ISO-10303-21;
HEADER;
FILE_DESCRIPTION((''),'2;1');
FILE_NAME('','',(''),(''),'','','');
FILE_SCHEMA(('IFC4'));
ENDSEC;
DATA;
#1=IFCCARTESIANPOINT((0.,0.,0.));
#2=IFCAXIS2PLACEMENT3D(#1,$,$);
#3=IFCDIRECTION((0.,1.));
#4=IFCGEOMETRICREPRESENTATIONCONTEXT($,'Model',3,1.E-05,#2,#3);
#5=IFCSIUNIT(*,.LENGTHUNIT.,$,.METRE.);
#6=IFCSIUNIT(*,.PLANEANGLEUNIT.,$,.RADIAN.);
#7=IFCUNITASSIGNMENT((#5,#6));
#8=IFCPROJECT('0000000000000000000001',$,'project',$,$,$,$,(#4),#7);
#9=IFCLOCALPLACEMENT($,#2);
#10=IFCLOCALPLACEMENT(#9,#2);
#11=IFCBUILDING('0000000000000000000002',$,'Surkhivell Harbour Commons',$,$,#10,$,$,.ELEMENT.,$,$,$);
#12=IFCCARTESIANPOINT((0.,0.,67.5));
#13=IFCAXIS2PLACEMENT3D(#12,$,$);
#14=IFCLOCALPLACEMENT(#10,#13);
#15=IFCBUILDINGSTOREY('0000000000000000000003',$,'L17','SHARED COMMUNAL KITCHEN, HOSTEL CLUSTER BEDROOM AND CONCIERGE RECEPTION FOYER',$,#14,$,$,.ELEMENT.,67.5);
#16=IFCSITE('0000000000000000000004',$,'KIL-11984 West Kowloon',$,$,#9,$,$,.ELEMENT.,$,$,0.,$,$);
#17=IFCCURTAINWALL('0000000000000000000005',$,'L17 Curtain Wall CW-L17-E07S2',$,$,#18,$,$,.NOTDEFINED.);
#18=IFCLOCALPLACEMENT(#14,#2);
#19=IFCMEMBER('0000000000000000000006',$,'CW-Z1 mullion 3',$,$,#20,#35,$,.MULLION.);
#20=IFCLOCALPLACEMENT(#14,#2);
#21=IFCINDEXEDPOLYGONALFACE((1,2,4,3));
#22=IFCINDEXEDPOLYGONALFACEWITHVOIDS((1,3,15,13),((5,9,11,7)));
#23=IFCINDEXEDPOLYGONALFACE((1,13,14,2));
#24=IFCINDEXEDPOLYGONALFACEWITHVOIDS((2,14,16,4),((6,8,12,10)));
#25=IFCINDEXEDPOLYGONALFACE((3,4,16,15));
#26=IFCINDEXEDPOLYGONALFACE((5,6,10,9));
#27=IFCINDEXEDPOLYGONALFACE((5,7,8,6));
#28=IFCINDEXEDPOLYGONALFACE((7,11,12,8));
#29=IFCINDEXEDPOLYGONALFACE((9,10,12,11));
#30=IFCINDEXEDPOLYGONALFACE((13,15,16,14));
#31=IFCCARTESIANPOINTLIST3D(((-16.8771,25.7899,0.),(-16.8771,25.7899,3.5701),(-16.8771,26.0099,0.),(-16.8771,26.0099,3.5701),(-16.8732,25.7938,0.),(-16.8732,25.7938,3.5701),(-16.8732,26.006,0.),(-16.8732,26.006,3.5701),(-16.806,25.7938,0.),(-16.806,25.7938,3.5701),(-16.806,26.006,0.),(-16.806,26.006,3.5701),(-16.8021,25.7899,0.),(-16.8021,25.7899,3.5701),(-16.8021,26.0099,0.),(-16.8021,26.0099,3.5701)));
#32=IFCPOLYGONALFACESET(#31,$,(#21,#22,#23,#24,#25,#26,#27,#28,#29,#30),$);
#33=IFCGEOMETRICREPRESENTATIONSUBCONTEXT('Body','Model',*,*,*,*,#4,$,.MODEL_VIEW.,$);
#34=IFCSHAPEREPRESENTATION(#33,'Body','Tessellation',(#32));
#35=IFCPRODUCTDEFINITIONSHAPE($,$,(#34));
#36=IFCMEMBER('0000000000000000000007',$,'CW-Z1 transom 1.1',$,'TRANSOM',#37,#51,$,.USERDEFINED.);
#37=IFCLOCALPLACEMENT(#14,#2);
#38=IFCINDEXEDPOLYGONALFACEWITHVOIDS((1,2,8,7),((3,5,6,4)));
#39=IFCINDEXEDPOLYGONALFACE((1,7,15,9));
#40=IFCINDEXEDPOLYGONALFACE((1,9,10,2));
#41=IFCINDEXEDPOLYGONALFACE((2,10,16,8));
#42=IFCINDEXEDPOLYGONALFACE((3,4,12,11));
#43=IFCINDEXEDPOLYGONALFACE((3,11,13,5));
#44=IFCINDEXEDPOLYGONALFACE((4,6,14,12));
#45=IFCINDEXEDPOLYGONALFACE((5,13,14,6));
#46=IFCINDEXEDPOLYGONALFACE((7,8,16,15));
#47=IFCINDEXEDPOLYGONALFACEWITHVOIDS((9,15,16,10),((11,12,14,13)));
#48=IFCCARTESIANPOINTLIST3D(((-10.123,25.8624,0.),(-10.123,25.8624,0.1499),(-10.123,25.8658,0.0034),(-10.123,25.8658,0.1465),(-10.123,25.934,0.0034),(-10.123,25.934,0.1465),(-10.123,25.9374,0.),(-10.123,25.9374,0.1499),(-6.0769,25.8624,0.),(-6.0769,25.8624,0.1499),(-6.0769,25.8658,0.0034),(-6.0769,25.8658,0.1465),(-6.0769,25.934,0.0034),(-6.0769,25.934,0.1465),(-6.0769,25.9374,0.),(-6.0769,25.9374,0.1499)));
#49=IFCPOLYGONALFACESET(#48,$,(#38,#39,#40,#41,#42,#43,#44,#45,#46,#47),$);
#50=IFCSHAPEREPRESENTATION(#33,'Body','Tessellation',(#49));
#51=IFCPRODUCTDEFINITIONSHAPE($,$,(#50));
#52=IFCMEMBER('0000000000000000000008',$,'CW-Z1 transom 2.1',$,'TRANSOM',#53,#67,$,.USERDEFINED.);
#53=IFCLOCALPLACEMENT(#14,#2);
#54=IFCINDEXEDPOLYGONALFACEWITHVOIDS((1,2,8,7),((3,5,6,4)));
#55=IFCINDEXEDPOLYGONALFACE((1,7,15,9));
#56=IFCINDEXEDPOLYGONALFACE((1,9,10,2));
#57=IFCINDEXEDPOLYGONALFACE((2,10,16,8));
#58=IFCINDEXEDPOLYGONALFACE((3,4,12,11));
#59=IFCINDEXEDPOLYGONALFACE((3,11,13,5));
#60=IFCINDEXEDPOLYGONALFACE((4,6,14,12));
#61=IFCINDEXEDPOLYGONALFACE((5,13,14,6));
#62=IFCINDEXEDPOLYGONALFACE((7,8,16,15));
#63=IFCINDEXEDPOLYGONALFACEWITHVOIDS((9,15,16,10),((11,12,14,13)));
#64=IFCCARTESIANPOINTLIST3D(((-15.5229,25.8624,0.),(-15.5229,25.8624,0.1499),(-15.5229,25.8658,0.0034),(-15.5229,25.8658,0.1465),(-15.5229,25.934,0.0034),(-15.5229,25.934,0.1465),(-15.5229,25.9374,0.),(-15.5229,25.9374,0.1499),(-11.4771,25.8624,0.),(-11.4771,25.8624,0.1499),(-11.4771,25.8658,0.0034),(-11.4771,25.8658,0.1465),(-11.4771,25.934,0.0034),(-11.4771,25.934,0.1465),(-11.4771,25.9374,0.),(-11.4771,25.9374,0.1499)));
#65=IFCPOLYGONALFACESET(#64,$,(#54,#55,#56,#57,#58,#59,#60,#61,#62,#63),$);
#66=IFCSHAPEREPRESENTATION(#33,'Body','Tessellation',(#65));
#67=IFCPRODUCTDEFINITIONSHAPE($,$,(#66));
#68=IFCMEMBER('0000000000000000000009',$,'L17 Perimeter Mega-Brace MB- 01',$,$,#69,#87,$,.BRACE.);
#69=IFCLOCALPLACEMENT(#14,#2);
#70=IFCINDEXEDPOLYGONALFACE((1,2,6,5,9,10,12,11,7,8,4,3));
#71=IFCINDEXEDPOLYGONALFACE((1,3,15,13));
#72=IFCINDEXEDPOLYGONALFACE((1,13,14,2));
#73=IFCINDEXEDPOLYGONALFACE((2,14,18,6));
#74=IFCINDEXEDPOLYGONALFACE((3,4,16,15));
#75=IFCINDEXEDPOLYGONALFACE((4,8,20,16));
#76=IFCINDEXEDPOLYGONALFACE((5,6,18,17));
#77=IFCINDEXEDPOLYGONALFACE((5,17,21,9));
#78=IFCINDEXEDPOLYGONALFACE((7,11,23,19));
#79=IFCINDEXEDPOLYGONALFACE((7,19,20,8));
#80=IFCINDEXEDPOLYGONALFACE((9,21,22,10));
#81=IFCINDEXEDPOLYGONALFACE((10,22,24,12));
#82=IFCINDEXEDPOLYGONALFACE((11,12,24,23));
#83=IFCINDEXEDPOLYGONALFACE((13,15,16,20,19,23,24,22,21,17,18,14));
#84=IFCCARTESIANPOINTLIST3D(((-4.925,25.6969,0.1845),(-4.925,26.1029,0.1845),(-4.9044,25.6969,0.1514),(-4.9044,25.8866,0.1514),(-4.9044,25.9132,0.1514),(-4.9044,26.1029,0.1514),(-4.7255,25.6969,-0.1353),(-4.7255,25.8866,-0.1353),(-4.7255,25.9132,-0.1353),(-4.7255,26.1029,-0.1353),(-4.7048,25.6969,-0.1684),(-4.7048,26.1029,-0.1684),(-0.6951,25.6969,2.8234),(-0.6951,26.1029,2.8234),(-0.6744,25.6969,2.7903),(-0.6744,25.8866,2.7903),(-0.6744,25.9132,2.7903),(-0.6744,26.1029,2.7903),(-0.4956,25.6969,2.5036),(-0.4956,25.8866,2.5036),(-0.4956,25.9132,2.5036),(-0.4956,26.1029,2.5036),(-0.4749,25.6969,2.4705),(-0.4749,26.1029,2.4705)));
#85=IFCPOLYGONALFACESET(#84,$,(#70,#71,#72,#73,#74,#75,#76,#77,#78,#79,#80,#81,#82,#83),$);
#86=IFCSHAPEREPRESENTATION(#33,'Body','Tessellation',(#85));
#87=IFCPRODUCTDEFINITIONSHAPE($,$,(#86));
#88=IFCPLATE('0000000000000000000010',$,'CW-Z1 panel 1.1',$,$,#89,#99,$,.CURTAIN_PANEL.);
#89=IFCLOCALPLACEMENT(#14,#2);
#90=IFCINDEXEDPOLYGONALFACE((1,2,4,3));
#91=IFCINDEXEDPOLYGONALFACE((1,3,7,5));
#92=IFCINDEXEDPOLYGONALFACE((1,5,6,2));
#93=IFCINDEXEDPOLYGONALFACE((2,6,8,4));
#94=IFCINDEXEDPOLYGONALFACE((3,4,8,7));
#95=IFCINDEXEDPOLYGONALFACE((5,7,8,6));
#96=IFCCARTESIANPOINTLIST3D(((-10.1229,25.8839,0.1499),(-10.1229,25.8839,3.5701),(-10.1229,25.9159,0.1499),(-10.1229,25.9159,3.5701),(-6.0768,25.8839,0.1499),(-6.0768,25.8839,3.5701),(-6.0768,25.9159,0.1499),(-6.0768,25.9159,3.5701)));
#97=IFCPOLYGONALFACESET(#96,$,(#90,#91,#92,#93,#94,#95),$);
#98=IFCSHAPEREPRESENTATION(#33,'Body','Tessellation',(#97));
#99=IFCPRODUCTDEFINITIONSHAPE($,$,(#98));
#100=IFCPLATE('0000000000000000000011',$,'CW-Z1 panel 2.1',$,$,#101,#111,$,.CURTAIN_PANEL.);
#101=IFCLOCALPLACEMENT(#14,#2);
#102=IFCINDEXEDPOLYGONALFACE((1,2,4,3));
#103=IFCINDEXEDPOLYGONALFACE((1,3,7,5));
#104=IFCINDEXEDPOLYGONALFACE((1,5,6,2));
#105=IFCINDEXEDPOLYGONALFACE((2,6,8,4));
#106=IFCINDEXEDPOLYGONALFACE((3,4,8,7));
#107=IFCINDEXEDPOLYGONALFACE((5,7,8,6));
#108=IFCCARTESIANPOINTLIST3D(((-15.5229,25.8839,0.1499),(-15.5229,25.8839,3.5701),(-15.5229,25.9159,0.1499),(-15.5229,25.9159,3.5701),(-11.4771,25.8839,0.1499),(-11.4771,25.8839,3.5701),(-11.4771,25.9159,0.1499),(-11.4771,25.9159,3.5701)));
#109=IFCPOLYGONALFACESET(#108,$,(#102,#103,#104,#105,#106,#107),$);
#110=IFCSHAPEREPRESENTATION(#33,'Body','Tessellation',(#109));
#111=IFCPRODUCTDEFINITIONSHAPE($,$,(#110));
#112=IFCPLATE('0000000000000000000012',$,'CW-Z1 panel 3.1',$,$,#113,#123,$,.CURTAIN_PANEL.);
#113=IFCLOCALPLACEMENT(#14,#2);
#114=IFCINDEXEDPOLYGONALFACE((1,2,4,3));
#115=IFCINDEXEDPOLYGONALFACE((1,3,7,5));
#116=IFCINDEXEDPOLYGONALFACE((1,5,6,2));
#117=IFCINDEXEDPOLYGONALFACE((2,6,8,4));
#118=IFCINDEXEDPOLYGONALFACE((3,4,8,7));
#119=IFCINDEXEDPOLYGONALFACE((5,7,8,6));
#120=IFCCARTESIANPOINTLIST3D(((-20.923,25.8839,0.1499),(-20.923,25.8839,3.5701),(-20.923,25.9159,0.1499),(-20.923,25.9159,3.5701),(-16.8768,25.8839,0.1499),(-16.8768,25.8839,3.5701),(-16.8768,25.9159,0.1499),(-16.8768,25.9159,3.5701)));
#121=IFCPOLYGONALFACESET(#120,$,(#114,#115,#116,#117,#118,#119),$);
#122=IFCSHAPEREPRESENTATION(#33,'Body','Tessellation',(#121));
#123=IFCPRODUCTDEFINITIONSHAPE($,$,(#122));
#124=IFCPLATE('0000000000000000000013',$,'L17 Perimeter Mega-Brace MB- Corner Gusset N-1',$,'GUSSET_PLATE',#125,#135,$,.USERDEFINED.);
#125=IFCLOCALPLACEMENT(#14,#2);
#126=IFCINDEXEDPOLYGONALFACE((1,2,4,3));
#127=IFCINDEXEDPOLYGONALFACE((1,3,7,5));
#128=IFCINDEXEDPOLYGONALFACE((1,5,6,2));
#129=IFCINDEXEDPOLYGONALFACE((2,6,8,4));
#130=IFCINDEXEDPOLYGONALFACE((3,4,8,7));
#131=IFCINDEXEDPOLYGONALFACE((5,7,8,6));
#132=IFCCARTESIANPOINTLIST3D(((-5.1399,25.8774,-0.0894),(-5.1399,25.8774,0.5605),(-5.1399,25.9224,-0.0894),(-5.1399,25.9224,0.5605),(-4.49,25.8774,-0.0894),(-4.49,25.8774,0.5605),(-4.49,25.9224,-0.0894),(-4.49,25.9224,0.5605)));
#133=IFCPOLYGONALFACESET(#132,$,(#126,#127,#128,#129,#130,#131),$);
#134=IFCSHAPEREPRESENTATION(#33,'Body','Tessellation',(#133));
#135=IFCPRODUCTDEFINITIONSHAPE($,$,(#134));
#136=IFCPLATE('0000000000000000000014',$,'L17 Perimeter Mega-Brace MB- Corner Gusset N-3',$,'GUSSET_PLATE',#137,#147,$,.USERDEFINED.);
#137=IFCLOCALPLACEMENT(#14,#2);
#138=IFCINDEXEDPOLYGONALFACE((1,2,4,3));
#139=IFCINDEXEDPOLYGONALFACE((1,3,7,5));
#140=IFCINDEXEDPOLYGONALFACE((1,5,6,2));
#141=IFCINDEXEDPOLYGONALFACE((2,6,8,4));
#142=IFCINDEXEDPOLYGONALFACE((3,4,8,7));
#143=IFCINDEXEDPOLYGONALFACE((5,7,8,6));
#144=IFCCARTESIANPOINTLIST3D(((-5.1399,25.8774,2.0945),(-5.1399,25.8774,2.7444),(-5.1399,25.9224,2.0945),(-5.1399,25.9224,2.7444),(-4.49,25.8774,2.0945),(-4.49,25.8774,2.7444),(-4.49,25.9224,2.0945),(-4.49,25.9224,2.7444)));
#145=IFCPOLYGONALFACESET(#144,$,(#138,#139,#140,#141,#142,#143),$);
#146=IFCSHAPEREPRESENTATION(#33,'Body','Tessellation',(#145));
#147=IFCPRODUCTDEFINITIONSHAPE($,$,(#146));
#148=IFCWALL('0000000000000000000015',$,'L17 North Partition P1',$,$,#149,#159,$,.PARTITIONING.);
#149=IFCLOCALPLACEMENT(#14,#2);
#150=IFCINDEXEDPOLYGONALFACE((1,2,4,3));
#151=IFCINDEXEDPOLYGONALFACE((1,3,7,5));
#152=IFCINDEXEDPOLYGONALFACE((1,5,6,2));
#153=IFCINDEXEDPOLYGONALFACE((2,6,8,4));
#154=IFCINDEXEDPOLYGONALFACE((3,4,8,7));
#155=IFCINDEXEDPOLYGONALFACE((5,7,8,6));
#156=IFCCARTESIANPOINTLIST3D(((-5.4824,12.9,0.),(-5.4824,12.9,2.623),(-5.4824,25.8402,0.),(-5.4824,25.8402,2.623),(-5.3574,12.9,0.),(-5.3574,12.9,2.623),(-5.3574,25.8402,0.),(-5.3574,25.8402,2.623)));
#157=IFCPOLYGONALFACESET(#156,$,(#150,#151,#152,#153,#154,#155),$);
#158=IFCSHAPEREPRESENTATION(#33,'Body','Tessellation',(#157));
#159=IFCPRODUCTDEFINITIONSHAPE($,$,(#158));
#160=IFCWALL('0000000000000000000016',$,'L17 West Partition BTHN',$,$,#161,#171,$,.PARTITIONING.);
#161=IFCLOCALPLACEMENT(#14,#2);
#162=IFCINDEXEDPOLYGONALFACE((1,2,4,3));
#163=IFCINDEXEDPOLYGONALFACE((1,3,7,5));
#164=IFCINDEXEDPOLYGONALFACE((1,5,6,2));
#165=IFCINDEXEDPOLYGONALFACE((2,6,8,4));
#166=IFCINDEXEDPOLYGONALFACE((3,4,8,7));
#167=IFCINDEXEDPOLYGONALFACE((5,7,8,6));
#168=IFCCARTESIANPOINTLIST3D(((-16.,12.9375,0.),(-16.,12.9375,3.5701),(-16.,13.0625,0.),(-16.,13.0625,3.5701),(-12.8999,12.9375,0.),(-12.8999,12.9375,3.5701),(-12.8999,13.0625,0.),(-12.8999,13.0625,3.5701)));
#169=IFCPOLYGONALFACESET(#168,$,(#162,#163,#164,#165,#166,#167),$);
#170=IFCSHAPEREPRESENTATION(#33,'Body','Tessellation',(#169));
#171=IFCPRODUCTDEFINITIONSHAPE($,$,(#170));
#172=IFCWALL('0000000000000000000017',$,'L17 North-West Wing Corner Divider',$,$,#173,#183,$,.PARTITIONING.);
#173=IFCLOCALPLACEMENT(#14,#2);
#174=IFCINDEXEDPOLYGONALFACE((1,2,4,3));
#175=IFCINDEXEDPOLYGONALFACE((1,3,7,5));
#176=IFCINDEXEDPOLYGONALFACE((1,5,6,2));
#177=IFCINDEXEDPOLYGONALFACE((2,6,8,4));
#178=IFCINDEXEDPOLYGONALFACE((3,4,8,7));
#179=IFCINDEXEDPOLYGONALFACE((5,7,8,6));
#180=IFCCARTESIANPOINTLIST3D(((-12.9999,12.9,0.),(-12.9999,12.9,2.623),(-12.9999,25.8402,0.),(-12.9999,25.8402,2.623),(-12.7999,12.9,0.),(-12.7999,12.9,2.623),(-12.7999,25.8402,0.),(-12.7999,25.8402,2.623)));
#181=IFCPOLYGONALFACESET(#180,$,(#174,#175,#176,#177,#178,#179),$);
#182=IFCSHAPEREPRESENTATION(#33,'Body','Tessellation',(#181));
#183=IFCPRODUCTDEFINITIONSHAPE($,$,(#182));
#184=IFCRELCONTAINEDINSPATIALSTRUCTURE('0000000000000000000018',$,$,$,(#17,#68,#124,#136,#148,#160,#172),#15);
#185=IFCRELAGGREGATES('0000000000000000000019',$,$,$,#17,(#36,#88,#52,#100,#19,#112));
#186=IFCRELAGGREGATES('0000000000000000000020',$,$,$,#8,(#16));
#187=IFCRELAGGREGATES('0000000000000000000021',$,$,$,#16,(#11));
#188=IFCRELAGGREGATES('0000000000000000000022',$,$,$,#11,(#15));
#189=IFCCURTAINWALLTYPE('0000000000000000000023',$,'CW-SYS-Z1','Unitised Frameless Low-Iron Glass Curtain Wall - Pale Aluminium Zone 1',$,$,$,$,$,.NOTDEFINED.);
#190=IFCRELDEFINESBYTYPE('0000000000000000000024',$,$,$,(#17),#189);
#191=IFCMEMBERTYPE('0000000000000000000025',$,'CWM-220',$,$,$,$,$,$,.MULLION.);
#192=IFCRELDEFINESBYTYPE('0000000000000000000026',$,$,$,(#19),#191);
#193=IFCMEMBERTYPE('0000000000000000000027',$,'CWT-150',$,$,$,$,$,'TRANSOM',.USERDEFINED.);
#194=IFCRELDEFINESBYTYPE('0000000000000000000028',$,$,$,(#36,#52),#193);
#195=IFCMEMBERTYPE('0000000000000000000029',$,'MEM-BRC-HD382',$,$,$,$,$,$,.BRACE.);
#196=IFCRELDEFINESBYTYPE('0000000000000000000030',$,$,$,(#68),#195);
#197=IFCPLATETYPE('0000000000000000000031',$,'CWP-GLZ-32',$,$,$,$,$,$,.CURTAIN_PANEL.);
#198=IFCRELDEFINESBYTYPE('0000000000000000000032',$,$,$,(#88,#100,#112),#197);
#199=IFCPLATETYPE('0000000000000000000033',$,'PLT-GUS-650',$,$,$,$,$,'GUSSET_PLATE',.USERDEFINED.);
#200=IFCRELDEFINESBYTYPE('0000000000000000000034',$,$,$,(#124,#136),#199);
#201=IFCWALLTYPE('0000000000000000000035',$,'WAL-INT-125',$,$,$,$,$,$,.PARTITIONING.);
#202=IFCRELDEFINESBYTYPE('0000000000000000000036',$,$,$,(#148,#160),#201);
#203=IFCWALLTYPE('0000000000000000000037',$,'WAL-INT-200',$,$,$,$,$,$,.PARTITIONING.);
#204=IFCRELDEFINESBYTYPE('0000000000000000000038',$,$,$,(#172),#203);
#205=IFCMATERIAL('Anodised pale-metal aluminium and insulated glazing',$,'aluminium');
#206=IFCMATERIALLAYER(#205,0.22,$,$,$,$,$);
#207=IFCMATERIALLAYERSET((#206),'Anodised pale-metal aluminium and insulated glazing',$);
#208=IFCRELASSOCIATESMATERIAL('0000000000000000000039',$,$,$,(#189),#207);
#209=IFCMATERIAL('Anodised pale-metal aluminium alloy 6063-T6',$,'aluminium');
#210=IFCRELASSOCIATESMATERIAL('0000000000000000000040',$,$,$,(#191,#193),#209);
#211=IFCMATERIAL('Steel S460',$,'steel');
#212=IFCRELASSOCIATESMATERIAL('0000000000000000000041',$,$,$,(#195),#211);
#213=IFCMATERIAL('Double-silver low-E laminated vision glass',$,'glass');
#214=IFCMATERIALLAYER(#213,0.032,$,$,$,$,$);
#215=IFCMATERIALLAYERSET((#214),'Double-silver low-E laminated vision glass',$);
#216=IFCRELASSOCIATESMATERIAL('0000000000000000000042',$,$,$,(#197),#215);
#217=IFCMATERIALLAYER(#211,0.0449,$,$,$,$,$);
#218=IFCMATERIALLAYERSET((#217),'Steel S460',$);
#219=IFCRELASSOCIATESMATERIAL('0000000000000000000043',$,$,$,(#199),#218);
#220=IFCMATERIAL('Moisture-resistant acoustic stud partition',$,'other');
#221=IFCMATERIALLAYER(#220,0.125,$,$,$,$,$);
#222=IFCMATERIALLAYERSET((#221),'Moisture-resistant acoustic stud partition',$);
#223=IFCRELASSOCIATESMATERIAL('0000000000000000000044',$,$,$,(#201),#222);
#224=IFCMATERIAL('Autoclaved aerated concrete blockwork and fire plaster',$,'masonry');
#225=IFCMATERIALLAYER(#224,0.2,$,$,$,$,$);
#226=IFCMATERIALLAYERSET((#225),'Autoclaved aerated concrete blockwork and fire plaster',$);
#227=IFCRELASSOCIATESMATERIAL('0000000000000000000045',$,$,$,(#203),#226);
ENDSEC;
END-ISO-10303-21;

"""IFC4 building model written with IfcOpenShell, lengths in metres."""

from ifc_helpers import new_model, si_unit, direction, frame, frame_2d, origin, origin_2d, place, context, subcontext, project, spatial, rectangle, hollow_rectangle, i_section, extrude, material, layer, layer_set, material_profile, profile_set, type_object, element, aggregate, save


model = new_model("IFC4")

# Units and contexts
model_context = context("Model", 3, precision=1e-05, world=origin(), true_north=direction((0.0, 1.0)))
body_context = subcontext(model_context, "Body", "Model", "MODEL_VIEW")
ifc_project = project(units=[si_unit("LENGTHUNIT", "METRE"), si_unit("PLANEANGLEUNIT", "RADIAN")], contexts=[model_context])

# Site, building, storey
site_placement = place(None, origin())
site = spatial("IfcSite", under=ifc_project, at=site_placement, Name="KIL-11984 West Kowloon", CompositionType="ELEMENT", RefElevation=0.0)
building_placement = place(site_placement, origin())
building = spatial("IfcBuilding", under=site, at=building_placement, Name="Surkhivell Harbour Commons", CompositionType="ELEMENT")
storey_placement = place(building_placement, frame((0.0, 0.0, 67.5)))
storey = spatial("IfcBuildingStorey", under=building, at=storey_placement, Name="L17", Description="SHARED COMMUNAL KITCHEN, HOSTEL CLUSTER BEDROOM AND CONCIERGE RECEPTION FOYER", CompositionType="ELEMENT", Elevation=67.5)

# Shared definitions
ifc_material_1 = material(Name="Steel S460", Category="steel")

# Curtain wall, members
ifc_material_2 = material(Name="Anodised pale-metal aluminium and insulated glazing", Category="aluminium")
ifc_layer_1 = layer(ifc_material_2, 0.22)
ifc_layer_set_1 = layer_set([ifc_layer_1], Name="Anodised pale-metal aluminium and insulated glazing")
curtain_wall_type = type_object("IfcCurtainWallType", Name="CW-SYS-Z1", Description="Unitised Frameless Low-Iron Glass Curtain Wall - Pale Aluminium Zone 1", PredefinedType="NOTDEFINED", material=ifc_layer_set_1)
curtain_wall_placement = place(storey_placement, origin())
curtain_wall = element("IfcCurtainWall", 1, at=curtain_wall_placement, inside=storey, type_object=curtain_wall_type, Name="L17 Curtain Wall CW-L17-E07S2", PredefinedType="NOTDEFINED")
ifc_material_3 = material(Name="Anodised pale-metal aluminium alloy 6063-T6", Category="aluminium")
ifc_material_profile_1 = material_profile(ifc_material_3, hollow_rectangle(XDim=0.075, YDim=0.22, WallThickness=0.0039, at=origin_2d()), Name="ALU-MULL-75x220")
ifc_profile_set_1 = profile_set([ifc_material_profile_1], Name="Anodised pale-metal aluminium alloy 6063-T6")
member_type_1 = type_object("IfcMemberType", Name="CWM-220", PredefinedType="MULLION", material=ifc_profile_set_1)
member_1_placement = place(storey_placement, frame((-16.8396, 25.8999, 0.0), z_axis=(0.0, 0.0, 1.0), x_axis=(-1.0, 0.0, 0.0)))
member_1 = element("IfcMember", 2, at=member_1_placement, type_object=member_type_1, Name="CW-Z1 mullion 3", PredefinedType="MULLION", context=body_context, shape_type="SweptSolid", body=[
    extrude(hollow_rectangle(XDim=0.075, YDim=0.22, WallThickness=0.0039, at=origin_2d()), origin(), (0.0, 0.0, 1.0), 3.5701),
])
ifc_material_profile_2 = material_profile(ifc_material_3, hollow_rectangle(XDim=0.075, YDim=0.1499, WallThickness=0.0034, at=origin_2d()), Name="ALU-TRAN-75x150")
ifc_profile_set_2 = profile_set([ifc_material_profile_2], Name="Anodised pale-metal aluminium alloy 6063-T6")
member_type_2 = type_object("IfcMemberType", Name="CWT-150", ElementType="TRANSOM", PredefinedType="USERDEFINED", material=ifc_profile_set_2)
member_2_placement = place(storey_placement, frame((-6.0769, 25.8999, 0.075), z_axis=(-1.0, 0.0, 0.0), x_axis=(0.0, -1.0, 0.0)))
member_2 = element("IfcMember", 3, at=member_2_placement, type_object=member_type_2, Name="CW-Z1 transom 1.1", ObjectType="TRANSOM", PredefinedType="USERDEFINED", context=body_context, shape_type="SweptSolid", body=[
    extrude(hollow_rectangle(XDim=0.075, YDim=0.1499, WallThickness=0.0034, at=origin_2d()), origin(), (0.0, 0.0, 1.0), 4.0461),
])
member_3_placement = place(storey_placement, frame((-11.4771, 25.8999, 0.075), z_axis=(-1.0, 0.0, 0.0), x_axis=(0.0, -1.0, 0.0)))
member_3 = element("IfcMember", 4, at=member_3_placement, type_object=member_type_2, Name="CW-Z1 transom 2.1", ObjectType="TRANSOM", PredefinedType="USERDEFINED", context=body_context, shape_type="SweptSolid", body=[
    extrude(hollow_rectangle(XDim=0.075, YDim=0.1499, WallThickness=0.0034, at=origin_2d()), origin(), (0.0, 0.0, 1.0), 4.0459),
])

# Member
ifc_material_profile_3 = material_profile(ifc_material_1, i_section(OverallWidth=0.406, OverallDepth=0.416, WebThickness=0.0266, FlangeThickness=0.0391, at=origin_2d()), Name="HD400x382")
ifc_profile_set_3 = profile_set([ifc_material_profile_3], Name="Steel S460")
member_type_3 = type_object("IfcMemberType", Name="MEM-BRC-HD382", PredefinedType="BRACE", material=ifc_profile_set_3)
member_4_placement = place(storey_placement, frame((-4.8149, 25.8999, 0.0081), z_axis=(0.848433, 0.0, 0.529303), x_axis=(0.0, 1.0, 0.0)))
element("IfcMember", 5, at=member_4_placement, inside=storey, type_object=member_type_3, Name="L17 Perimeter Mega-Brace MB- 01", PredefinedType="BRACE", context=body_context, shape_type="SweptSolid", body=[
    extrude(i_section(OverallWidth=0.406, OverallDepth=0.416, WebThickness=0.0266, FlangeThickness=0.0391, at=origin_2d()), origin(), (0.0, 0.0, 1.0), 4.9856),
])

# Plates
ifc_material_4 = material(Name="Double-silver low-E laminated vision glass", Category="glass")
ifc_layer_2 = layer(ifc_material_4, 0.032)
ifc_layer_set_2 = layer_set([ifc_layer_2], Name="Double-silver low-E laminated vision glass")
plate_type_1 = type_object("IfcPlateType", Name="CWP-GLZ-32", PredefinedType="CURTAIN_PANEL", material=ifc_layer_set_2)
plate_1_placement = place(storey_placement, frame((-6.0769, 25.8999, 0.1499), z_axis=(0.0, 0.0, 1.0), x_axis=(-1.0, 0.0, 0.0)))
plate_1 = element("IfcPlate", 6, at=plate_1_placement, type_object=plate_type_1, Name="CW-Z1 panel 1.1", PredefinedType="CURTAIN_PANEL", context=body_context, shape_type="SweptSolid", body=[
    extrude(rectangle(XDim=4.0461, YDim=0.032, at=frame_2d((2.0229, 0.0))), origin(), (0.0, 0.0, 1.0), 3.4202),
])
plate_2_placement = place(storey_placement, frame((-11.4771, 25.8999, 0.1499), z_axis=(0.0, 0.0, 1.0), x_axis=(-1.0, 0.0, 0.0)))
plate_2 = element("IfcPlate", 7, at=plate_2_placement, type_object=plate_type_1, Name="CW-Z1 panel 2.1", PredefinedType="CURTAIN_PANEL", context=body_context, shape_type="SweptSolid", body=[
    extrude(rectangle(XDim=4.0459, YDim=0.032, at=frame_2d((2.0229, 0.0))), origin(), (0.0, 0.0, 1.0), 3.4202),
])
plate_3_placement = place(storey_placement, frame((-16.877, 25.8999, 0.1499), z_axis=(0.0, 0.0, 1.0), x_axis=(-1.0, 0.0, 0.0)))
plate_3 = element("IfcPlate", 8, at=plate_3_placement, type_object=plate_type_1, Name="CW-Z1 panel 3.1", PredefinedType="CURTAIN_PANEL", context=body_context, shape_type="SweptSolid", body=[
    extrude(rectangle(XDim=4.0461, YDim=0.032, at=frame_2d((2.0229, 0.0))), origin(), (0.0, 0.0, 1.0), 3.4202),
])
aggregate(curtain_wall, [member_2, plate_1, member_3, plate_2, member_1, plate_3])

# Plates
ifc_layer_3 = layer(ifc_material_1, 0.0449)
ifc_layer_set_3 = layer_set([ifc_layer_3], Name="Steel S460")
plate_type_2 = type_object("IfcPlateType", Name="PLT-GUS-650", ElementType="GUSSET_PLATE", PredefinedType="USERDEFINED", material=ifc_layer_set_3)
for number, where, z_axis, x_axis, name in (
    (9, (-4.8149, 25.8999, -0.0894), (0.0, 0.0, 1.0), (1.0, 0.0, 0.0), "L17 Perimeter Mega-Brace MB- Corner Gusset N-1"),
    (10, (-4.8149, 25.8999, 2.0945), (0.0, 0.0, 1.0), (1.0, 0.0, 0.0), "L17 Perimeter Mega-Brace MB- Corner Gusset N-3"),
):
    element("IfcPlate", number, at=place(storey_placement, frame(where, z_axis=z_axis, x_axis=x_axis)), inside=storey, type_object=plate_type_2, Name=name, ObjectType="GUSSET_PLATE", PredefinedType="USERDEFINED", context=body_context, shape_type="SweptSolid", body=[
        extrude(rectangle(XDim=0.6499, YDim=0.0449, at=origin_2d()), origin(), (0.0, 0.0, 1.0), 0.6499),
    ])

# Walls
ifc_material_5 = material(Name="Moisture-resistant acoustic stud partition", Category="other")
ifc_layer_4 = layer(ifc_material_5, 0.125)
ifc_layer_set_4 = layer_set([ifc_layer_4], Name="Moisture-resistant acoustic stud partition")
wall_type_1 = type_object("IfcWallType", Name="WAL-INT-125", PredefinedType="PARTITIONING", material=ifc_layer_set_4)
wall_1_placement = place(storey_placement, frame((-5.4199, 12.8999, 0.0), z_axis=(0.0, 0.0, 1.0), x_axis=(0.0, 1.0, 0.0)))
element("IfcWall", 11, at=wall_1_placement, inside=storey, type_object=wall_type_1, Name="L17 North Partition P1", PredefinedType="PARTITIONING", context=body_context, shape_type="SweptSolid", body=[
    extrude(rectangle(XDim=12.9402, YDim=0.125, at=frame_2d((6.4702, 0.0))), origin(), (0.0, 0.0, 1.0), 2.623),
])
wall_2_placement = place(storey_placement, frame((-16.0, 13.0, 0.0), z_axis=(0.0, 0.0, 1.0), x_axis=(1.0, 0.0, 0.0)))
element("IfcWall", 12, at=wall_2_placement, inside=storey, type_object=wall_type_1, Name="L17 West Partition BTHN", PredefinedType="PARTITIONING", context=body_context, shape_type="SweptSolid", body=[
    extrude(rectangle(XDim=3.1001, YDim=0.125, at=frame_2d((1.55, 0.0))), origin(), (0.0, 0.0, 1.0), 3.5701),
])
ifc_material_6 = material(Name="Autoclaved aerated concrete blockwork and fire plaster", Category="masonry")
ifc_layer_5 = layer(ifc_material_6, 0.2)
ifc_layer_set_5 = layer_set([ifc_layer_5], Name="Autoclaved aerated concrete blockwork and fire plaster")
wall_type_2 = type_object("IfcWallType", Name="WAL-INT-200", PredefinedType="PARTITIONING", material=ifc_layer_set_5)
wall_3_placement = place(storey_placement, frame((-12.8999, 12.8999, 0.0), z_axis=(0.0, 0.0, 1.0), x_axis=(0.0, 1.0, 0.0)))
element("IfcWall", 13, at=wall_3_placement, inside=storey, type_object=wall_type_2, Name="L17 North-West Wing Corner Divider", PredefinedType="PARTITIONING", context=body_context, shape_type="SweptSolid", body=[
    extrude(rectangle(XDim=12.9402, YDim=0.2, at=frame_2d((6.4702, 0.0))), origin(), (0.0, 0.0, 1.0), 2.623),
])

save(model, "model.ifc")
